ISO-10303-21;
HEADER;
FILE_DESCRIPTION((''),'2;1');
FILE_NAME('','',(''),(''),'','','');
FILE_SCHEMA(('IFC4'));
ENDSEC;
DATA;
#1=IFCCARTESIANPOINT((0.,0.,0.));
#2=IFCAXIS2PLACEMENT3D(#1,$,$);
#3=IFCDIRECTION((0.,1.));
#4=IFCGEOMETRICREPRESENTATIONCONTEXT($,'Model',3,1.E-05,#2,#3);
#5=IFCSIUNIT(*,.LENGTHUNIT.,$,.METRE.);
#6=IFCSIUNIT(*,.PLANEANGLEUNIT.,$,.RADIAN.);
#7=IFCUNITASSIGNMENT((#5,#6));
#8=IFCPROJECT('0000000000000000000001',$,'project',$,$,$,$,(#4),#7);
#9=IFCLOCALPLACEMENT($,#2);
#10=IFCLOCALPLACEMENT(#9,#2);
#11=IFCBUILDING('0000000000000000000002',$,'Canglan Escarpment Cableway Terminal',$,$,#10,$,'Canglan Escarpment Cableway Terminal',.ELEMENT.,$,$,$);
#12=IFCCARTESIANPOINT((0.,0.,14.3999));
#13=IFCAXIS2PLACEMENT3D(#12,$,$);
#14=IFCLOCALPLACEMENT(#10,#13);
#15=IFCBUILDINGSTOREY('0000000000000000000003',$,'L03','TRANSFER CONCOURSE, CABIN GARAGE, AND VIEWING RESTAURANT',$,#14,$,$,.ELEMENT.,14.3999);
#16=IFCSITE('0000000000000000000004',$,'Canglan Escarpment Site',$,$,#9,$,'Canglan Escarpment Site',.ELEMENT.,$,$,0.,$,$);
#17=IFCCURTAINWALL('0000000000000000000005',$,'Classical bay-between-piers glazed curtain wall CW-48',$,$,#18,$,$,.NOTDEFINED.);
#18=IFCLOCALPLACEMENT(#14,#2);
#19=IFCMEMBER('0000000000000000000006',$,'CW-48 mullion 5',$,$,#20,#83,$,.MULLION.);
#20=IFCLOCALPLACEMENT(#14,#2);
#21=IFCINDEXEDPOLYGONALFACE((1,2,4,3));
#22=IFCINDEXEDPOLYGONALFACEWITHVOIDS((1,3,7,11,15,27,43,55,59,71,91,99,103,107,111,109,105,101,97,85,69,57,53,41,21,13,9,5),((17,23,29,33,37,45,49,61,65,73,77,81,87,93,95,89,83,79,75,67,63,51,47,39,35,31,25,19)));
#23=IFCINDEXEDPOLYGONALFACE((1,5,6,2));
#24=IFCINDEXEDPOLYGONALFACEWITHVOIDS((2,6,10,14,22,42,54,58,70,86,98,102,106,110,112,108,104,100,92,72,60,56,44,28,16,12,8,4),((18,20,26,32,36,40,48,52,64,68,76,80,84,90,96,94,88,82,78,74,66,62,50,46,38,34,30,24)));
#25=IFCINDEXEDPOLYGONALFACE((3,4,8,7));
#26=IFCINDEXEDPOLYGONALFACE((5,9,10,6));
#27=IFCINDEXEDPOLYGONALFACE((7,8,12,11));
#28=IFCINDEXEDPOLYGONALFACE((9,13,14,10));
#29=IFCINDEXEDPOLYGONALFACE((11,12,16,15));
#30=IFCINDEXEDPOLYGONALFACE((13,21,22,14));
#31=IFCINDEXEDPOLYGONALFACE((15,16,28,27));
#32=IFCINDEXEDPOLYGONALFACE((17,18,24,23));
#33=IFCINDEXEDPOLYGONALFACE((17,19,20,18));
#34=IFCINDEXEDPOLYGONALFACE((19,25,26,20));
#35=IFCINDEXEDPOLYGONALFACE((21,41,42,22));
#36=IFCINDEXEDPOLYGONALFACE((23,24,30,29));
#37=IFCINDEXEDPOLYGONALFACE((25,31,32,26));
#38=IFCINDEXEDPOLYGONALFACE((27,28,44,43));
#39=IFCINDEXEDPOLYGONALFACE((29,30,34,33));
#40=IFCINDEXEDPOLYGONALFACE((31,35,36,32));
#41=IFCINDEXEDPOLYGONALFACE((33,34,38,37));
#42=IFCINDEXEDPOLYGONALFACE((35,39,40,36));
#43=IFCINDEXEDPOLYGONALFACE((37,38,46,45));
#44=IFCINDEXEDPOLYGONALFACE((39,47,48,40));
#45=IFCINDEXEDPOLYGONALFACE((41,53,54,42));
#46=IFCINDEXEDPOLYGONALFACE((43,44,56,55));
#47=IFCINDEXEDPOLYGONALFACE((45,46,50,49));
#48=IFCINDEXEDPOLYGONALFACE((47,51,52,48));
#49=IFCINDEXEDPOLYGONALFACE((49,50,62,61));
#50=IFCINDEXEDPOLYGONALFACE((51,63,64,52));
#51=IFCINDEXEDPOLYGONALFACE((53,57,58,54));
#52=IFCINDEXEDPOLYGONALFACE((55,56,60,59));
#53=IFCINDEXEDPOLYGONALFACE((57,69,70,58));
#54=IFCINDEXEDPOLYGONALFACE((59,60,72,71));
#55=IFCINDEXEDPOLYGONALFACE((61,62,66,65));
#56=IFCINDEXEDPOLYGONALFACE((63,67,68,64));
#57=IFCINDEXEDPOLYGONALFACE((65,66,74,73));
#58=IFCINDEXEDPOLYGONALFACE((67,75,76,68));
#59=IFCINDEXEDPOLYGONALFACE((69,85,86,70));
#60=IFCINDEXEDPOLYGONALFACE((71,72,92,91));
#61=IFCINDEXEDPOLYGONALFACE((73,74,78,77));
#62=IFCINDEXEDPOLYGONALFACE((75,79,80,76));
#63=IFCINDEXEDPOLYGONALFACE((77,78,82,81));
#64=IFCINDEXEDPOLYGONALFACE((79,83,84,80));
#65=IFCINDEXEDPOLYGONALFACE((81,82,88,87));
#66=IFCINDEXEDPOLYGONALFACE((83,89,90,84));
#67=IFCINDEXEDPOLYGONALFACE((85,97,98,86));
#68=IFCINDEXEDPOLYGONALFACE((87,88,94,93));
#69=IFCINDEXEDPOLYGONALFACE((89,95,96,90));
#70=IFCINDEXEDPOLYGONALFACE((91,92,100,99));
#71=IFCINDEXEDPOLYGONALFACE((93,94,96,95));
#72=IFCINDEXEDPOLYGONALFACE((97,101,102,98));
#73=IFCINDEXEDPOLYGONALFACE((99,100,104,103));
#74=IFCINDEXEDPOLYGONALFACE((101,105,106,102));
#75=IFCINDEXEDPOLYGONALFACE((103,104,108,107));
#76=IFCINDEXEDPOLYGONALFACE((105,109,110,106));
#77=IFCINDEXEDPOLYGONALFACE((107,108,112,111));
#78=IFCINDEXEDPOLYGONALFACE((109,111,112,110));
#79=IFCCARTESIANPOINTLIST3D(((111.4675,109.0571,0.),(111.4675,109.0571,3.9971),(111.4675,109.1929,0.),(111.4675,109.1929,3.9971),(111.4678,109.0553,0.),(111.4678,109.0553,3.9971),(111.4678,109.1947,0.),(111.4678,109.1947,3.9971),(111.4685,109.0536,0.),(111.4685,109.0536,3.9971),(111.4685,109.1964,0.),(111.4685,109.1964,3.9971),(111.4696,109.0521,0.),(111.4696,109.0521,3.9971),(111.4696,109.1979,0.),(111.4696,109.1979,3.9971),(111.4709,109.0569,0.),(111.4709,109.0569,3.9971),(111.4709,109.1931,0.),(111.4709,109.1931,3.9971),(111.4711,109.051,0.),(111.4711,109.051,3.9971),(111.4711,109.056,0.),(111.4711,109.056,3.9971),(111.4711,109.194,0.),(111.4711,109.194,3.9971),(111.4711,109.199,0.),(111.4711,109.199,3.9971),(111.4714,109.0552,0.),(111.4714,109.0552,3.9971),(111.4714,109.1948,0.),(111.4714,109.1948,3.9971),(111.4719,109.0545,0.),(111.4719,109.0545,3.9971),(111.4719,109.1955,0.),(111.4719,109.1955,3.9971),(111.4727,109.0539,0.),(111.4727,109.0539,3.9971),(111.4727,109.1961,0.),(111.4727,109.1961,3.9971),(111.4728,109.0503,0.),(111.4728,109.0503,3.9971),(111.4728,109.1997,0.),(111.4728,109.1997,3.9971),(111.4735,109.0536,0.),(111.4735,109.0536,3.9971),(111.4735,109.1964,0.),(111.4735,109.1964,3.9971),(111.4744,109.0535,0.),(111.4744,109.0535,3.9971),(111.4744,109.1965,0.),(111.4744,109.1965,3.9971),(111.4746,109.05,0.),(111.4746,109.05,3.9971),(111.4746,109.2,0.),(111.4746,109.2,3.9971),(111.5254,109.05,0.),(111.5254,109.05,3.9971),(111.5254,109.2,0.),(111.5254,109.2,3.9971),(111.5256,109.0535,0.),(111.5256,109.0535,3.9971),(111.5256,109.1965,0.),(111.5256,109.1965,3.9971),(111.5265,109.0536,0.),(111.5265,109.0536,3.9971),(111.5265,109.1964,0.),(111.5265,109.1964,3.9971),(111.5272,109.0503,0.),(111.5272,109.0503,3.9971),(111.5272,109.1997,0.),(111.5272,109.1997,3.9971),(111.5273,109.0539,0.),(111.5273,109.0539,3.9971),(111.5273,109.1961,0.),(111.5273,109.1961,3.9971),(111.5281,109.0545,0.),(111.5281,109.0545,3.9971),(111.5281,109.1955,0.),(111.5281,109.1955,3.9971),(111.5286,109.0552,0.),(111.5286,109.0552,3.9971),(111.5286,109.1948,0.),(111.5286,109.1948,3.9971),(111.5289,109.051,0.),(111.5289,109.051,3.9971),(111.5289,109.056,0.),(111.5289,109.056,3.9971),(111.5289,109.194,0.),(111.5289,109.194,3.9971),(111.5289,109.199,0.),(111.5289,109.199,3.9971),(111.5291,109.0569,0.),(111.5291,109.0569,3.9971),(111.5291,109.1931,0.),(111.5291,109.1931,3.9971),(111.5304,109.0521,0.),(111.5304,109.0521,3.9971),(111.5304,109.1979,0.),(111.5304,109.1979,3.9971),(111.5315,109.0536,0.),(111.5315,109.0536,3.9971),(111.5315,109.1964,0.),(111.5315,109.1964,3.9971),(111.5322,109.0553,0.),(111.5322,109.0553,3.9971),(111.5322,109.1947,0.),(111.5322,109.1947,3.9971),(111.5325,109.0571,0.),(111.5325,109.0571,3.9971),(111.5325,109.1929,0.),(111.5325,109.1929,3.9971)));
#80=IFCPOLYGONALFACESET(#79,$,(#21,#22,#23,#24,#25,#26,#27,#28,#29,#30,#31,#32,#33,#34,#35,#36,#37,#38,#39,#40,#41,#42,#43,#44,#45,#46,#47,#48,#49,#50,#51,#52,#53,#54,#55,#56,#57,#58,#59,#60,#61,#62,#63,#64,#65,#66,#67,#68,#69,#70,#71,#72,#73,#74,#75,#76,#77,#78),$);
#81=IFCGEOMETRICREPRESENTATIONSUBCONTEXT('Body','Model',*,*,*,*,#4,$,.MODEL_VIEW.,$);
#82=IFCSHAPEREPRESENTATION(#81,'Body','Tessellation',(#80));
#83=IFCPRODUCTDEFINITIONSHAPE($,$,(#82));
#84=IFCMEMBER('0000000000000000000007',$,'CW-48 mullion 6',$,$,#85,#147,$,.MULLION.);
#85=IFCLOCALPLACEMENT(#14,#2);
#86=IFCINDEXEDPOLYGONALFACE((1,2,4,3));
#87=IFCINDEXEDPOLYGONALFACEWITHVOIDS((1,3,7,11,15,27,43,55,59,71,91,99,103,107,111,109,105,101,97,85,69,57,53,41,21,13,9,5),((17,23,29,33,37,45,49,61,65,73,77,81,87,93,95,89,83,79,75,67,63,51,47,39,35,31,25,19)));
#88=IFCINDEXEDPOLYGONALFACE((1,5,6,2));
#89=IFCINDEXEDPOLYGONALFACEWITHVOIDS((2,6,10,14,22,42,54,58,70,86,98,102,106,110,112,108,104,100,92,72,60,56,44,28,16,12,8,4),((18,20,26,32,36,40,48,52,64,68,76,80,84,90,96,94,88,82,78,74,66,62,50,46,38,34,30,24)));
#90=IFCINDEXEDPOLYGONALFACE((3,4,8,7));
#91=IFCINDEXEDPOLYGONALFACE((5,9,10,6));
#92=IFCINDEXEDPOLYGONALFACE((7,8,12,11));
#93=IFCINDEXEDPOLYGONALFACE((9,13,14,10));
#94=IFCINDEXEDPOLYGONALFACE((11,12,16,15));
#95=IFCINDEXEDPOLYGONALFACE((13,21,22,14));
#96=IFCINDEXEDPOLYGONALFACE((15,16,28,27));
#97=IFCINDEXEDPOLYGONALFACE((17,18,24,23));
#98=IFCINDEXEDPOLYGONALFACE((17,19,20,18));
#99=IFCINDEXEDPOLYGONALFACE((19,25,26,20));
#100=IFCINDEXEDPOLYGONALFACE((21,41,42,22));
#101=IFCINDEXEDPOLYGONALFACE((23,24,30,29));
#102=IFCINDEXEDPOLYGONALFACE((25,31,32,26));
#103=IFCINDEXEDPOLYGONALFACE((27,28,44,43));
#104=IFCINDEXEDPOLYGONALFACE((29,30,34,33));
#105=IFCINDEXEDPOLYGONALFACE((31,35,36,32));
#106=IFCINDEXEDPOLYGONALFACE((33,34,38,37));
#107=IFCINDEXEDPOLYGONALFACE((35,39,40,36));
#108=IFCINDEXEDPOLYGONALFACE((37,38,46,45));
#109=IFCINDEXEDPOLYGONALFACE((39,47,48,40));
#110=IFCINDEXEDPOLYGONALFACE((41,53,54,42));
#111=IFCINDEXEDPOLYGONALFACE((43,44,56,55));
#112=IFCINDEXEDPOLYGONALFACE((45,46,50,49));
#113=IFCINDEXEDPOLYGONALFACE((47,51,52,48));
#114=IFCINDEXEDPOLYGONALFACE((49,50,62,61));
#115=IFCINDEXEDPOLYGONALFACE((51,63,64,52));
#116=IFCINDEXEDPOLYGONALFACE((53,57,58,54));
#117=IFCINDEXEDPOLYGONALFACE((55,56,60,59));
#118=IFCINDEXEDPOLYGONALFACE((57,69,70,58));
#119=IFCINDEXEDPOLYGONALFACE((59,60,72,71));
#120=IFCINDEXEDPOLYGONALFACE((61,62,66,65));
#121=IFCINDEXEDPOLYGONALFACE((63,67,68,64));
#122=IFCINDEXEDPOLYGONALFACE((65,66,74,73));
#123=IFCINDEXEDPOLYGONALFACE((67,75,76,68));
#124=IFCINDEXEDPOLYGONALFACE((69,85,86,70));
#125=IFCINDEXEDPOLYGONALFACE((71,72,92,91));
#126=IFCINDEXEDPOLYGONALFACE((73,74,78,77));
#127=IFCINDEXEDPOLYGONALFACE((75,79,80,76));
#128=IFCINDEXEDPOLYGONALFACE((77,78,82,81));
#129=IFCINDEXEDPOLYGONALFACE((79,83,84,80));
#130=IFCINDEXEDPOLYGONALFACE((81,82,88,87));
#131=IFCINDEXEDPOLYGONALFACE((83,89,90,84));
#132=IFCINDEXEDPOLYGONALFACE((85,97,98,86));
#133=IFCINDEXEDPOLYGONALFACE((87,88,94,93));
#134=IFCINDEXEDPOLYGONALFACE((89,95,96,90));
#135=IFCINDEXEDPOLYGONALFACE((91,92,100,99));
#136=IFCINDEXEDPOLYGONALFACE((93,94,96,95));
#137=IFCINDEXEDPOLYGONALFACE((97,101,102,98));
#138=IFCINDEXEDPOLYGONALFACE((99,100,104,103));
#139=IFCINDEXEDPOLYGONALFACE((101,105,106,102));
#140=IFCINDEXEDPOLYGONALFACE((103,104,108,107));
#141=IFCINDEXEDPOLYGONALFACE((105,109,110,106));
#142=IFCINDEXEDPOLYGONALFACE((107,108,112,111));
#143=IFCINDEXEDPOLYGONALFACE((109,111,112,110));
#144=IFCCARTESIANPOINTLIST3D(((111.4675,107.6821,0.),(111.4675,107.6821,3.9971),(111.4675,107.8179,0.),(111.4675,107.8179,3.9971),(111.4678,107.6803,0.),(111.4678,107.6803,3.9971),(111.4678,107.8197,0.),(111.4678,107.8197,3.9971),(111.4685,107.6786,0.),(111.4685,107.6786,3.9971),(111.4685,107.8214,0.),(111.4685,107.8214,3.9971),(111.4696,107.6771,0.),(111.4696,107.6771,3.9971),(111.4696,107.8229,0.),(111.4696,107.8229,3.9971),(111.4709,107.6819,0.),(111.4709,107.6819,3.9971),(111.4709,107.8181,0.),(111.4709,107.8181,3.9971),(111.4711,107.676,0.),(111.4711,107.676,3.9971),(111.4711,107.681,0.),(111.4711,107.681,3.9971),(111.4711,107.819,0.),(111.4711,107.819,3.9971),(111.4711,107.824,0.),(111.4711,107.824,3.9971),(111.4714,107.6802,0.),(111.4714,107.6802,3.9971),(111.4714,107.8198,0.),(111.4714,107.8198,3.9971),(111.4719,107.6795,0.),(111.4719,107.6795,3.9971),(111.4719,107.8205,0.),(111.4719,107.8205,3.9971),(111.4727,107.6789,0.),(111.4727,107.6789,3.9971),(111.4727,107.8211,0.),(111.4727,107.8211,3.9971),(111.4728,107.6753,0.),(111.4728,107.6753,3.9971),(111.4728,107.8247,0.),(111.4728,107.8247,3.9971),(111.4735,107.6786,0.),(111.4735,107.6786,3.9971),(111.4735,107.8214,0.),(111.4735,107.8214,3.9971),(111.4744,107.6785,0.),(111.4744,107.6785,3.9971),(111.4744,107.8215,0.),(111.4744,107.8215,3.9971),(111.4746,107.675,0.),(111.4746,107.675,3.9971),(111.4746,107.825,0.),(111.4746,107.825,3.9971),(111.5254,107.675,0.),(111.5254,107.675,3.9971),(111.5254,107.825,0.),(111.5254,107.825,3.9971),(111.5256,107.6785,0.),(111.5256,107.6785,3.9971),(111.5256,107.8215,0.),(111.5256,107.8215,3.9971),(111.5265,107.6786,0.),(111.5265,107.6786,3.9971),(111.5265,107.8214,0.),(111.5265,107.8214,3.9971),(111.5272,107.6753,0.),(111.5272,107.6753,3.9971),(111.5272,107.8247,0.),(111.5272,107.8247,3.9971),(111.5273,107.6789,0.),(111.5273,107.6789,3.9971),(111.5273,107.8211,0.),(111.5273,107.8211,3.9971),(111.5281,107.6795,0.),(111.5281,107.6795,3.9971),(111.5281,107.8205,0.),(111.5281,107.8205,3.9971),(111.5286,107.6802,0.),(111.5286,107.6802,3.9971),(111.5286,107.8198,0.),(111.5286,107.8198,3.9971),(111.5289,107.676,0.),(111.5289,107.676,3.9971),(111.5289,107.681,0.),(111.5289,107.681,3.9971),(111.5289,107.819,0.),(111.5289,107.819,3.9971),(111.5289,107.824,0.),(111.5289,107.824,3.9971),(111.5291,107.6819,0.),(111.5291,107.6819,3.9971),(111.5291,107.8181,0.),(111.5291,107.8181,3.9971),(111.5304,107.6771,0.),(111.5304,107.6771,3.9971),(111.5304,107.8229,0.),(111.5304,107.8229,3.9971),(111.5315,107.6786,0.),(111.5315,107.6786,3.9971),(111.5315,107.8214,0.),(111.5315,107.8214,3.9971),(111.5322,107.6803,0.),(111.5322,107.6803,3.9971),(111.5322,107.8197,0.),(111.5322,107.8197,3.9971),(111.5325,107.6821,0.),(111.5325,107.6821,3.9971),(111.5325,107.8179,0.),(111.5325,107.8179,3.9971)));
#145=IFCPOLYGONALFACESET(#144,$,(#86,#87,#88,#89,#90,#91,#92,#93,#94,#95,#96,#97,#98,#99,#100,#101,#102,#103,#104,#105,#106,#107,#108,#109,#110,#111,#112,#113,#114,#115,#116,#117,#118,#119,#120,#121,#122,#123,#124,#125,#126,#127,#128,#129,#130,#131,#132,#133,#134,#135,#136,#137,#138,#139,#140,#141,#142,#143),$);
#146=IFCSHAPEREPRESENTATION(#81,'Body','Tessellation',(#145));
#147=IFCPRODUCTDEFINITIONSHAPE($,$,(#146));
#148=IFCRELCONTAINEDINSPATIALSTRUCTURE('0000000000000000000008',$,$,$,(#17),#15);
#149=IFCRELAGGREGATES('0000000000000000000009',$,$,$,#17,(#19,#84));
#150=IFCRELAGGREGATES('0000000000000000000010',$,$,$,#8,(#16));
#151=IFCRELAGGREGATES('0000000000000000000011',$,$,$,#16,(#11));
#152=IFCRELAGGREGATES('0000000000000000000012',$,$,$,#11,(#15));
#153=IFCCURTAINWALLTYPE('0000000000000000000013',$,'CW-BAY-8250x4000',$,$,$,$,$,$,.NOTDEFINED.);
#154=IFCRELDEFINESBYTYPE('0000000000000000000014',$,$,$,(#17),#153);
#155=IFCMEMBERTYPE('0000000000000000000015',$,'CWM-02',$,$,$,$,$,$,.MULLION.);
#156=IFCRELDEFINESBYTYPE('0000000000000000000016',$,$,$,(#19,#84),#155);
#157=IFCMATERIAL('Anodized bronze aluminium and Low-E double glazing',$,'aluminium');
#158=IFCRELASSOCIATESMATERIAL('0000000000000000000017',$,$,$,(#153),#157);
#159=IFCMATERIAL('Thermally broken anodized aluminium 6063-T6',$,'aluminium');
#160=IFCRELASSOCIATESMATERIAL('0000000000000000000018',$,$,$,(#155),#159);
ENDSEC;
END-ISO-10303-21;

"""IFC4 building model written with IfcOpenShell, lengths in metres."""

from ifc_helpers import new_model, si_unit, direction, frame, origin, origin_2d, place, context, subcontext, project, spatial, hollow_rectangle, extrude, material, material_profile, profile_set, type_object, element, aggregate, save


model = new_model("IFC4")

# Units and contexts
model_context = context("Model", 3, precision=1e-05, world=origin(), true_north=direction((0.0, 1.0)))
body_context = subcontext(model_context, "Body", "Model", "MODEL_VIEW")
ifc_project = project(units=[si_unit("LENGTHUNIT", "METRE"), si_unit("PLANEANGLEUNIT", "RADIAN")], contexts=[model_context])

# Site, building, storey
site_placement = place(None, origin())
site = spatial("IfcSite", under=ifc_project, at=site_placement, Name="Canglan Escarpment Site", LongName="Canglan Escarpment Site", CompositionType="ELEMENT", RefElevation=0.0)
building_placement = place(site_placement, origin())
building = spatial("IfcBuilding", under=site, at=building_placement, Name="Canglan Escarpment Cableway Terminal", LongName="Canglan Escarpment Cableway Terminal", CompositionType="ELEMENT")
storey_placement = place(building_placement, frame((0.0, 0.0, 14.3999)))
storey = spatial("IfcBuildingStorey", under=building, at=storey_placement, Name="L03", Description="TRANSFER CONCOURSE, CABIN GARAGE, AND VIEWING RESTAURANT", CompositionType="ELEMENT", Elevation=14.3999)

# Curtain wall, members
ifc_material_1 = material(Name="Anodized bronze aluminium and Low-E double glazing", Category="aluminium")
curtain_wall_type = type_object("IfcCurtainWallType", Name="CW-BAY-8250x4000", PredefinedType="NOTDEFINED", material=ifc_material_1)
ifc_material_2 = material(Name="Thermally broken anodized aluminium 6063-T6", Category="aluminium")
curtain_wall_1_placement = place(storey_placement, origin())
curtain_wall_1 = element("IfcCurtainWall", 1, at=curtain_wall_1_placement, inside=storey, type_object=curtain_wall_type, Name="Classical bay-between-piers glazed curtain wall CW-48", PredefinedType="NOTDEFINED")
ifc_material_profile_1 = material_profile(ifc_material_2, hollow_rectangle(XDim=0.0649, YDim=0.1499, WallThickness=0.0034, InnerFilletRadius=0.0034, OuterFilletRadius=0.0071, at=origin_2d()), Name="ALU-MULL 65x150x3.5")
ifc_profile_set_1 = profile_set([ifc_material_profile_1], Name="Thermally broken anodized aluminium 6063-T6")
member_type_1 = type_object("IfcMemberType", Name="CWM-02", PredefinedType="MULLION", material=ifc_profile_set_1)
member_1_placement = place(storey_placement, frame((111.5, 109.125, 0.0), z_axis=(0.0, 0.0, 1.0), x_axis=(1.0, 0.0, 0.0)))
member_1 = element("IfcMember", 2, at=member_1_placement, type_object=member_type_1, Name="CW-48 mullion 5", PredefinedType="MULLION", context=body_context, shape_type="SweptSolid", body=[
    extrude(hollow_rectangle(XDim=0.0649, YDim=0.1499, WallThickness=0.0034, InnerFilletRadius=0.0034, OuterFilletRadius=0.0071, at=origin_2d()), origin(), (0.0, 0.0, 1.0), 3.9971),
])
member_2_placement = place(storey_placement, frame((111.5, 107.75, 0.0), z_axis=(0.0, 0.0, 1.0), x_axis=(1.0, 0.0, 0.0)))
member_2 = element("IfcMember", 3, at=member_2_placement, type_object=member_type_1, Name="CW-48 mullion 6", PredefinedType="MULLION", context=body_context, shape_type="SweptSolid", body=[
    extrude(hollow_rectangle(XDim=0.0649, YDim=0.1499, WallThickness=0.0034, InnerFilletRadius=0.0034, OuterFilletRadius=0.0071, at=origin_2d()), origin(), (0.0, 0.0, 1.0), 3.9971),
])

aggregate(curtain_wall_1, [member_1, member_2])

save(model, "model.ifc")
